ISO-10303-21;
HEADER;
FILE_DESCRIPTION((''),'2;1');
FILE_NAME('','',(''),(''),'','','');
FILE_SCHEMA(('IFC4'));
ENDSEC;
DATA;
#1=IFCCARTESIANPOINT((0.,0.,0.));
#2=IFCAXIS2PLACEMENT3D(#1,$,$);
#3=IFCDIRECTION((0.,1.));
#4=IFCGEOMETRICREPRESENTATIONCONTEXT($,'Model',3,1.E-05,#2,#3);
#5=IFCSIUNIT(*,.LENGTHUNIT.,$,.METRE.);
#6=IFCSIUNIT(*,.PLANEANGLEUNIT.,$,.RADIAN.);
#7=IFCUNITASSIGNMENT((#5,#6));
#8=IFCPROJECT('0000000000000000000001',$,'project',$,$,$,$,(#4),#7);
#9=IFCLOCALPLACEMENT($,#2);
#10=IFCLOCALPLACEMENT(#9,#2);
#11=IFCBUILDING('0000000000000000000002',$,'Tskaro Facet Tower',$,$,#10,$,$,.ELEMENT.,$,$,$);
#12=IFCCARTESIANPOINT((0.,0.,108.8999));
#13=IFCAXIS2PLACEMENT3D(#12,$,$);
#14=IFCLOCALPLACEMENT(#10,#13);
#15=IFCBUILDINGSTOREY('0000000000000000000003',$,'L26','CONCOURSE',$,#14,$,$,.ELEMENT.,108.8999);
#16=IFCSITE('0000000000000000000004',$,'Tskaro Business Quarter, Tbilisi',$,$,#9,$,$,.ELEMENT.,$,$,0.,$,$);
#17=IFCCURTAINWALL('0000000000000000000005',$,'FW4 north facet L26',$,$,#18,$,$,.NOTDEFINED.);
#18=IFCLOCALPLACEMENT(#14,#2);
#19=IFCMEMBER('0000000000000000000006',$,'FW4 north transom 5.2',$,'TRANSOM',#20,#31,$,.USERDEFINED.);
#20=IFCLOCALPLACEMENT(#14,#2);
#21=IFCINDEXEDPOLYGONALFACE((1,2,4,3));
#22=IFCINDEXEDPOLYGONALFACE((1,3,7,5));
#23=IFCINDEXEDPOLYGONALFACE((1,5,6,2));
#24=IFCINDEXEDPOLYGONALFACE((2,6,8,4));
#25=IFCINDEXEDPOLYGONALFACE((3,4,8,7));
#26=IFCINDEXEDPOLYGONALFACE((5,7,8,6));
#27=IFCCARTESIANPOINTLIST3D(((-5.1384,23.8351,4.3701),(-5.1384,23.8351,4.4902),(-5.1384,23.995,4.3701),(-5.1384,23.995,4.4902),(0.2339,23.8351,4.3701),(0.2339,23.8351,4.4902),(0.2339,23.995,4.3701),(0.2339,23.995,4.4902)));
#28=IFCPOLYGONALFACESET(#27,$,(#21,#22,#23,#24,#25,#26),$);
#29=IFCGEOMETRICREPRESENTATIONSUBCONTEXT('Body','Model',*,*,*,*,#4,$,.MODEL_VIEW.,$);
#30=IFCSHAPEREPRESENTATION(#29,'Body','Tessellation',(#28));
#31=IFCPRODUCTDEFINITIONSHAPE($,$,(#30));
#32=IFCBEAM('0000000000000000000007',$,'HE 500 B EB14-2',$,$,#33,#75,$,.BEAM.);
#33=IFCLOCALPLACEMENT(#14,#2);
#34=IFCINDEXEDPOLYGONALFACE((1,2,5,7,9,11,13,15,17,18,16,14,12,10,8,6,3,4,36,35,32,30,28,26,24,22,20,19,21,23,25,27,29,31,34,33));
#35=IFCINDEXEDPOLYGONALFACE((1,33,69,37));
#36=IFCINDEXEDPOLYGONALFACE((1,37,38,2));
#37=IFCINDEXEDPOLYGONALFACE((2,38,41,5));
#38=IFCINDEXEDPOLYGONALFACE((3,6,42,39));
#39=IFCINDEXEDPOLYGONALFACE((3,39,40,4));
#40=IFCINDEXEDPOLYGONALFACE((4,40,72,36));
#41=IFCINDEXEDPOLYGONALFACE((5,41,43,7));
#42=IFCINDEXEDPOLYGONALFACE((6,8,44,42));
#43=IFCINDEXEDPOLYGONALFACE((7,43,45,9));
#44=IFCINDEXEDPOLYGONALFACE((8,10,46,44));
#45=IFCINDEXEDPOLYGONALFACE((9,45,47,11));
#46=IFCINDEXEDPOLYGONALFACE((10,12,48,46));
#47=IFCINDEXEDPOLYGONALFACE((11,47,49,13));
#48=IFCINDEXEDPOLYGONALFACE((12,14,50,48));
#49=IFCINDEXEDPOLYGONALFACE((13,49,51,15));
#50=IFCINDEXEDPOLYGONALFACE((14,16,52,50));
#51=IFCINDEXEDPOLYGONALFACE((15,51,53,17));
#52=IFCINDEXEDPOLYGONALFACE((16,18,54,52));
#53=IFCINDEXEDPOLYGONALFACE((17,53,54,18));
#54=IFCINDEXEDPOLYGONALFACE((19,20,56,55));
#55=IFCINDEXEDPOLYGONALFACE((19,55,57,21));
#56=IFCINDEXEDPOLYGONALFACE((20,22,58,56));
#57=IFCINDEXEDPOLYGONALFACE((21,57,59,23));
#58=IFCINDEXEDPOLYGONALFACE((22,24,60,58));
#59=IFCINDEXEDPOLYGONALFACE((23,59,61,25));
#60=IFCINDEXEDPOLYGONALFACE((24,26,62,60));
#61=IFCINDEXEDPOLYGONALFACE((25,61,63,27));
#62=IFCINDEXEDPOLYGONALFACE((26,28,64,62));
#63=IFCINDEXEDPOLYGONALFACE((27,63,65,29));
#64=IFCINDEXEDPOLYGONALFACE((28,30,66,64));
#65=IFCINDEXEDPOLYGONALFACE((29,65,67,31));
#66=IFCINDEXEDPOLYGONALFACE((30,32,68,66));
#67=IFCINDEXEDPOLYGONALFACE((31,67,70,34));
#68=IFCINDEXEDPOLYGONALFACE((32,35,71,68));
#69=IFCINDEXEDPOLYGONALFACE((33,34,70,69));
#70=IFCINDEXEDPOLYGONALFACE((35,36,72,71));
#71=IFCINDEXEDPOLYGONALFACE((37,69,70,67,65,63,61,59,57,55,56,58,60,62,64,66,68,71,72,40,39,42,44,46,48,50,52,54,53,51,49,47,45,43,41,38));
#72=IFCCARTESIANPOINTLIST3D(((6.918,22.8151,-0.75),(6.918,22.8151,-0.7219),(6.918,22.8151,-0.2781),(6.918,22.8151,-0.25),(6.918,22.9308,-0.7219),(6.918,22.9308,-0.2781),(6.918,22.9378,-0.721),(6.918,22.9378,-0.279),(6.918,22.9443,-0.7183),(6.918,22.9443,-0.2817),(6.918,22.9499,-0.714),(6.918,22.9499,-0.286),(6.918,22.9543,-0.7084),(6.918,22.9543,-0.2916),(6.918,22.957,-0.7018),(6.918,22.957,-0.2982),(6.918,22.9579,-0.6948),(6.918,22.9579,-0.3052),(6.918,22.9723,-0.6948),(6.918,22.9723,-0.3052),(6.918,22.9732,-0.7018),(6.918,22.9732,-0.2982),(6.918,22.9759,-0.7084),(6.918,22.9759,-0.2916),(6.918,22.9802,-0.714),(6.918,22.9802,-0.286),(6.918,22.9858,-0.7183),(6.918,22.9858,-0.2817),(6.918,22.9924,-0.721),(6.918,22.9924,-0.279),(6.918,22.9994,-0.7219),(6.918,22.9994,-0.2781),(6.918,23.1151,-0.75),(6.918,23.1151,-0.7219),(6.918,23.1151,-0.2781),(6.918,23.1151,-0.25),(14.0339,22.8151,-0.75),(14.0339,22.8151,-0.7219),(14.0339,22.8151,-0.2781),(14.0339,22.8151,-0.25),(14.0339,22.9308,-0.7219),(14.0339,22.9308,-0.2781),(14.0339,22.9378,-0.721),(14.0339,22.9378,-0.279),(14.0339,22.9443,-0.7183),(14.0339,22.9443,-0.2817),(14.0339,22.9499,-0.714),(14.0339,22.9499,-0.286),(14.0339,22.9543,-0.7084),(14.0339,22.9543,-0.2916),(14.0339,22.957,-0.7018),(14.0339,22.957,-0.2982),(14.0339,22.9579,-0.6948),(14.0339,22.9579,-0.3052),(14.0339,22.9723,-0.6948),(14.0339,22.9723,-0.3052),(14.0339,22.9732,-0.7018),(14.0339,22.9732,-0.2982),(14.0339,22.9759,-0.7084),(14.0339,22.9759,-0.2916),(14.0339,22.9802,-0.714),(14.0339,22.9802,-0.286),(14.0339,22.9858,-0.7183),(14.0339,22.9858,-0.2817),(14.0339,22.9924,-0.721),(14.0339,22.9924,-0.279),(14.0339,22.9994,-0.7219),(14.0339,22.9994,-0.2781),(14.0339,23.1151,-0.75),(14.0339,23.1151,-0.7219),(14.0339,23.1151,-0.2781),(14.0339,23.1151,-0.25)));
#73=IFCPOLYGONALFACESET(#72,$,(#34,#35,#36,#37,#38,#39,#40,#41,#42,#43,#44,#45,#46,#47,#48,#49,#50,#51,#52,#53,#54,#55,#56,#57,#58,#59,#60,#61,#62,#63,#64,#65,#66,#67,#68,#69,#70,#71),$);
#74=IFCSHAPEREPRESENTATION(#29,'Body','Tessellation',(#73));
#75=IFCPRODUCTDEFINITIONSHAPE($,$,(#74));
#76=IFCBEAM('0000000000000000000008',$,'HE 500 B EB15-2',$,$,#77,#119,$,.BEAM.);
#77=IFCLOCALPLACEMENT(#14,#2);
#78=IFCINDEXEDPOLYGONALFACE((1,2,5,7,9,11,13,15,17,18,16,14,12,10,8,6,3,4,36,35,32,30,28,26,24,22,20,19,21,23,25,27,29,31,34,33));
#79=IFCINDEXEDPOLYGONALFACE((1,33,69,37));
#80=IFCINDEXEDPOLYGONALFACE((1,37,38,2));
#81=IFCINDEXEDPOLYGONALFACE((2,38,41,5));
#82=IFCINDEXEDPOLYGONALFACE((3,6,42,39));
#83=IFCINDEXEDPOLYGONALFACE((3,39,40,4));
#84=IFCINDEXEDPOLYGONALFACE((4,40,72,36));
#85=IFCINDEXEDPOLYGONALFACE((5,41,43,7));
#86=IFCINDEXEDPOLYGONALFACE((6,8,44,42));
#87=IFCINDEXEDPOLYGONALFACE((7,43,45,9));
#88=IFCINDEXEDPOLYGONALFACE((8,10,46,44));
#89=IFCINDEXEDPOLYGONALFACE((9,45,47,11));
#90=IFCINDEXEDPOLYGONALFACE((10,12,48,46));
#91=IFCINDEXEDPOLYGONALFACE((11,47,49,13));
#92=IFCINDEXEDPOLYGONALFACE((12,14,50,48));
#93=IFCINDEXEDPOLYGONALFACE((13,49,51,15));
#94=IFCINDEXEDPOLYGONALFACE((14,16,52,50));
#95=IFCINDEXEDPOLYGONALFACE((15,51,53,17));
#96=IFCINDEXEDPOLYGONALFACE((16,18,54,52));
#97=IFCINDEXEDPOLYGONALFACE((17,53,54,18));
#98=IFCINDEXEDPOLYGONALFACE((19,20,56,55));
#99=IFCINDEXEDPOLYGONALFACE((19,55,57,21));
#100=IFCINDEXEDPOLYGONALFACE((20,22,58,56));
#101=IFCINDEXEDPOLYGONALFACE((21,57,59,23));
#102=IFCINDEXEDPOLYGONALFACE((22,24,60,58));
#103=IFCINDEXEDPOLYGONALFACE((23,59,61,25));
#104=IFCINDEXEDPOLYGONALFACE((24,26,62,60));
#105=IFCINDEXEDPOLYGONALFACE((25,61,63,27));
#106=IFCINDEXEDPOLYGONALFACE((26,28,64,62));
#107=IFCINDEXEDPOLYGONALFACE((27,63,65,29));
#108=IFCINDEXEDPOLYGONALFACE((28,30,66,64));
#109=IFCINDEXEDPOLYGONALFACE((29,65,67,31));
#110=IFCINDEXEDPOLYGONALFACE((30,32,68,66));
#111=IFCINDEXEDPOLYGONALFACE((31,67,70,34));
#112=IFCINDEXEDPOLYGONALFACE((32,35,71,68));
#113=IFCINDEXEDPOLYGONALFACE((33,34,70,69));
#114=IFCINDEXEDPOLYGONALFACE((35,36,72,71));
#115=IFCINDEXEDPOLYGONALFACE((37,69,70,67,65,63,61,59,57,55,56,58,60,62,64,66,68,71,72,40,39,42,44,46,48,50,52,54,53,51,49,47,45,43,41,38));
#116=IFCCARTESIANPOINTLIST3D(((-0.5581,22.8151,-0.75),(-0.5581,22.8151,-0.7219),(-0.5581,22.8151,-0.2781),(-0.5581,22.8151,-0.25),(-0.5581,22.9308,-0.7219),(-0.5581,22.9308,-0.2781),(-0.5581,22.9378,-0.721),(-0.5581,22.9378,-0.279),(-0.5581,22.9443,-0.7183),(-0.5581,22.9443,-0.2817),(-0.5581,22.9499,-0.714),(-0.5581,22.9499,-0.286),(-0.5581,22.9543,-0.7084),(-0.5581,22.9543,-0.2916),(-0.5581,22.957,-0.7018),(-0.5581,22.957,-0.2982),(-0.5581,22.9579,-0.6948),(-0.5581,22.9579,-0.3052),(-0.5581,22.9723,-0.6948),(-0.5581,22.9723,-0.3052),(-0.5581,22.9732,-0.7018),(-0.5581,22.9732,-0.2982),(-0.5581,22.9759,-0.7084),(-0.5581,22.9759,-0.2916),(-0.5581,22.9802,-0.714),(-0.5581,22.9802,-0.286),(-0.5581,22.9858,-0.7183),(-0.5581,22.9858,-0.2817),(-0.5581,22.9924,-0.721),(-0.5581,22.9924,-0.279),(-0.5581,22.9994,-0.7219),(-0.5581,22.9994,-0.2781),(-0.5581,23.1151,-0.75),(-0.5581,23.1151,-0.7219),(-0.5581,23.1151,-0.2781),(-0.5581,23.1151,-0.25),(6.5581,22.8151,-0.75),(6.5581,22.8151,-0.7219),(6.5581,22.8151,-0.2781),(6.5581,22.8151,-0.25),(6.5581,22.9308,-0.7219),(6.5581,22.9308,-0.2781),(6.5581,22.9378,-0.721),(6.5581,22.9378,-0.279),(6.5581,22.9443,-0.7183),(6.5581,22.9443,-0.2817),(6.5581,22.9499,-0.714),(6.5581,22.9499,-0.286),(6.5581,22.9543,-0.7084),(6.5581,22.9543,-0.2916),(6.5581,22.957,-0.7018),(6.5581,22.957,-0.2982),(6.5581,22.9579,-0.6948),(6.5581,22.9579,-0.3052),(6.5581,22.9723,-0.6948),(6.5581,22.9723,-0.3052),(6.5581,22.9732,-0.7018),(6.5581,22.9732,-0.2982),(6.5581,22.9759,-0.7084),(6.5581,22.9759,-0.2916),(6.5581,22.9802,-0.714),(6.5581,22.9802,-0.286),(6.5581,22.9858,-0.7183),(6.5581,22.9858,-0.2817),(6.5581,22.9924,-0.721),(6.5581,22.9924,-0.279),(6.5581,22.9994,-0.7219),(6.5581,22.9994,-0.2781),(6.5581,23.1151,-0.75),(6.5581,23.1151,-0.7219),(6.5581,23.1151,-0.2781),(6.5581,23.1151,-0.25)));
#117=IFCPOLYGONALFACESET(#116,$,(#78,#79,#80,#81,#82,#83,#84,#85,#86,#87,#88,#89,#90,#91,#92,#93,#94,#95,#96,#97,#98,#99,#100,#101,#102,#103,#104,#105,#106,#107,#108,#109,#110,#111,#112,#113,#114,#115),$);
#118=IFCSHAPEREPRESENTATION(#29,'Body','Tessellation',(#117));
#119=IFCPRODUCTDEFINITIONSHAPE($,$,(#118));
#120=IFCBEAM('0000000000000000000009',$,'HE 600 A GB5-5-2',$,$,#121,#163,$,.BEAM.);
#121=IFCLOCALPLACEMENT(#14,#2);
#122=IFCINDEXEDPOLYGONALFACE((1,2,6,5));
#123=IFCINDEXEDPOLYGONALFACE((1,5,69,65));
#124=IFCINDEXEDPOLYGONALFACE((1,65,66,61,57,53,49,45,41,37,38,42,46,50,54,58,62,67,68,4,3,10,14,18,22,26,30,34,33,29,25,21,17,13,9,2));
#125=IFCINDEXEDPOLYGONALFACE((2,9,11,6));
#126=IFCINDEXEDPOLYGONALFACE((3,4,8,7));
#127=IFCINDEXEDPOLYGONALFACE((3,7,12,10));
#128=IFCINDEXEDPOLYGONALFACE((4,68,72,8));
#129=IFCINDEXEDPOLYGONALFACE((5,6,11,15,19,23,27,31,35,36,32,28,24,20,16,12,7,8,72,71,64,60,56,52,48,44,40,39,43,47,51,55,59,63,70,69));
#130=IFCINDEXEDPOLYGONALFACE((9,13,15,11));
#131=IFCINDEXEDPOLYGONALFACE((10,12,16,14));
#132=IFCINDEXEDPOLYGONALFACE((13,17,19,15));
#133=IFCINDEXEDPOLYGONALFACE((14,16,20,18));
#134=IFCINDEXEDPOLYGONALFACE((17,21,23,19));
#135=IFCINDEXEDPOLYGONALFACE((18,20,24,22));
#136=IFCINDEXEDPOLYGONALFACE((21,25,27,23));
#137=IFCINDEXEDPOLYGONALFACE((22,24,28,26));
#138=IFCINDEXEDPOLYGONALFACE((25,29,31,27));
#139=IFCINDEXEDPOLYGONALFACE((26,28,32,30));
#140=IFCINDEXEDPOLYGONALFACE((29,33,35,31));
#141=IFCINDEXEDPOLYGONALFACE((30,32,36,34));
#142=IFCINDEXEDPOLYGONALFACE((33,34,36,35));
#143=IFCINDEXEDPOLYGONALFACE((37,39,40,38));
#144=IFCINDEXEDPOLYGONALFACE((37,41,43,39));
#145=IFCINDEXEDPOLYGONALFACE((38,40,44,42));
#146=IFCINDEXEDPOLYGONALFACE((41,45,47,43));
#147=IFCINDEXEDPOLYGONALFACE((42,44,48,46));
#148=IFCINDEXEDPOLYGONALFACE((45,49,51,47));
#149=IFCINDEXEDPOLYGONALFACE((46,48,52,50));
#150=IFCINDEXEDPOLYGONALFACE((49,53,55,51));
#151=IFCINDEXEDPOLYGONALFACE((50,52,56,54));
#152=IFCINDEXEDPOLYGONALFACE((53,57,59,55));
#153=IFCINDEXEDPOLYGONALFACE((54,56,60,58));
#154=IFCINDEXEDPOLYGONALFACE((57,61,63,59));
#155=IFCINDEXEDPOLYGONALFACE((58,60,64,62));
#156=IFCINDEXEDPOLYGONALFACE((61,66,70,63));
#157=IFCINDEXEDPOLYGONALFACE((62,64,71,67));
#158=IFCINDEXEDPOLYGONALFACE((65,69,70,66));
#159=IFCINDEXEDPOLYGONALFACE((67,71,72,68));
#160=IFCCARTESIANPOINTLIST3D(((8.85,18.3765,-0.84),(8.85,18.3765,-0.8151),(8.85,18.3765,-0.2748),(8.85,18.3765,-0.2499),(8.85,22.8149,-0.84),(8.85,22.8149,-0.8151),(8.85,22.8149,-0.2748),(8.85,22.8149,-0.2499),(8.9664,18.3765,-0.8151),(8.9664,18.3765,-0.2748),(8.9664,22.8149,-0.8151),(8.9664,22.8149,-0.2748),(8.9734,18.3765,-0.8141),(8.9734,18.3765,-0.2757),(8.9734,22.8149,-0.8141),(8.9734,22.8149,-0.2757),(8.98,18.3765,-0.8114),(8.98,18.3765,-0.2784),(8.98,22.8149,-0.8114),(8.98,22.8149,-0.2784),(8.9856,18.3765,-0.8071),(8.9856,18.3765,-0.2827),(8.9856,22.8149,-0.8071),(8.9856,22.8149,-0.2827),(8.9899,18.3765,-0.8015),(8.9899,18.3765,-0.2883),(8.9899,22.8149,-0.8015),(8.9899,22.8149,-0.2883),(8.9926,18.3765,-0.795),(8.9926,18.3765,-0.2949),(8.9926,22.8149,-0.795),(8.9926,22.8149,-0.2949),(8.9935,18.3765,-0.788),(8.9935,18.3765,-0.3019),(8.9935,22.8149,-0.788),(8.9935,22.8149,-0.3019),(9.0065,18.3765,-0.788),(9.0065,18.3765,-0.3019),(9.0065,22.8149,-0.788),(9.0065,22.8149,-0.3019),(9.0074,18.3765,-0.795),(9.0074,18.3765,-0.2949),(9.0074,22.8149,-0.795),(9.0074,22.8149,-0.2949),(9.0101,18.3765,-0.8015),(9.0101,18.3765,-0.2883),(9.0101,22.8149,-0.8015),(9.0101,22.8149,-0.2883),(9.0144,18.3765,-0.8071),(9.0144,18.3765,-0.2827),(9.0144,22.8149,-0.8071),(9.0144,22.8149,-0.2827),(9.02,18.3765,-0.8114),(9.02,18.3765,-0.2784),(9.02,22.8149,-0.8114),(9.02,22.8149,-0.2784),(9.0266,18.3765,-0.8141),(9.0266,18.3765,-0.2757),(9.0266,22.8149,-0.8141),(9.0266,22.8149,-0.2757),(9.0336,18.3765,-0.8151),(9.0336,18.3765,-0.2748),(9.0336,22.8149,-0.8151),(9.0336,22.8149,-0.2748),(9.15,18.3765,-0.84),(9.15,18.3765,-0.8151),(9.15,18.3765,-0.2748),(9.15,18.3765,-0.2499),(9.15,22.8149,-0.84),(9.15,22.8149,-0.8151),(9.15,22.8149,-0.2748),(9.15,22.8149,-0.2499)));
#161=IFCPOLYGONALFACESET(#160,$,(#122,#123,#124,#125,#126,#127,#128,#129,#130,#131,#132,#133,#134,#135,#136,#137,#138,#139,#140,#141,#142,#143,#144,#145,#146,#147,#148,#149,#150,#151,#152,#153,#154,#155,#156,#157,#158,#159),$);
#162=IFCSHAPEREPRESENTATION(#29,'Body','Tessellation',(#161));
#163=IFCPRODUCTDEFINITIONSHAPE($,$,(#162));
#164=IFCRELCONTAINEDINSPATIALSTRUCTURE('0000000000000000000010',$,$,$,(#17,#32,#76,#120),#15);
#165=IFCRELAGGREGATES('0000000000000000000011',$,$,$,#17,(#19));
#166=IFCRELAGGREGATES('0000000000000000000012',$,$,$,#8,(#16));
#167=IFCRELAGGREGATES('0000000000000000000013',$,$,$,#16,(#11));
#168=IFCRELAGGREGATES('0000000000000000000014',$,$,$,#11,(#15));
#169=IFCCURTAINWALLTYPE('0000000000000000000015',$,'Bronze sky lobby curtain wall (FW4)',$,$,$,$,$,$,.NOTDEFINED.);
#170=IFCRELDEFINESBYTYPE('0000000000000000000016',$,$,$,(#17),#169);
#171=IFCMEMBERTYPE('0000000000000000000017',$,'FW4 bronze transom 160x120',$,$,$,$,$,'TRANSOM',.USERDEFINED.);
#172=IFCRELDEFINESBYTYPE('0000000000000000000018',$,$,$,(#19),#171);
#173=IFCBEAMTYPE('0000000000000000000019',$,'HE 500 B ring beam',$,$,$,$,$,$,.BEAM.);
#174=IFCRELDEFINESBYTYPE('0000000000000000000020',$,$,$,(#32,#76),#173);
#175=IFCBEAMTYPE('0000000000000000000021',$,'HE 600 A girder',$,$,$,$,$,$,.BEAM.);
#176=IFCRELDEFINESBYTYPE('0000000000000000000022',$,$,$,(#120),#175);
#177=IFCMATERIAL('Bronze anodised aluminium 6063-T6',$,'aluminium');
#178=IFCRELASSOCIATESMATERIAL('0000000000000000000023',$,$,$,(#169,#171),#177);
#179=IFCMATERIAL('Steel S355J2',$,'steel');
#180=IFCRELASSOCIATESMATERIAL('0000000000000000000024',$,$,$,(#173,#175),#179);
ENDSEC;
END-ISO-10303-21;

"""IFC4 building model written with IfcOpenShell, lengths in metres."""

from ifc_helpers import new_model, si_unit, direction, frame, origin, origin_2d, place, context, subcontext, project, spatial, rectangle, i_section, extrude, material, material_profile, profile_set, type_object, element, aggregate, save


model = new_model("IFC4")

# Units and contexts
model_context = context("Model", 3, precision=1e-05, world=origin(), true_north=direction((0.0, 1.0)))
body_context = subcontext(model_context, "Body", "Model", "MODEL_VIEW")
ifc_project = project(units=[si_unit("LENGTHUNIT", "METRE"), si_unit("PLANEANGLEUNIT", "RADIAN")], contexts=[model_context])

# Site, building, storey
site_placement = place(None, origin())
site = spatial("IfcSite", under=ifc_project, at=site_placement, Name="Tskaro Business Quarter, Tbilisi", CompositionType="ELEMENT", RefElevation=0.0)
building_placement = place(site_placement, origin())
building = spatial("IfcBuilding", under=site, at=building_placement, Name="Tskaro Facet Tower", CompositionType="ELEMENT")
storey_placement = place(building_placement, frame((0.0, 0.0, 108.8999)))
storey = spatial("IfcBuildingStorey", under=building, at=storey_placement, Name="L26", Description="CONCOURSE", CompositionType="ELEMENT", Elevation=108.8999)

# Curtain wall, member
ifc_material_1 = material(Name="Bronze anodised aluminium 6063-T6", Category="aluminium")
curtain_wall_type = type_object("IfcCurtainWallType", Name="Bronze sky lobby curtain wall (FW4)", PredefinedType="NOTDEFINED", material=ifc_material_1)
curtain_wall_placement = place(storey_placement, origin())
curtain_wall = element("IfcCurtainWall", 1, at=curtain_wall_placement, inside=storey, type_object=curtain_wall_type, Name="FW4 north facet L26", PredefinedType="NOTDEFINED")
ifc_material_profile_1 = material_profile(ifc_material_1, rectangle(XDim=0.1599, YDim=0.1201, at=origin_2d()), Name="Transom 160x120")
ifc_profile_set_1 = profile_set([ifc_material_profile_1], Name="Bronze anodised aluminium 6063-T6")
member_type_1 = type_object("IfcMemberType", Name="FW4 bronze transom 160x120", ElementType="TRANSOM", PredefinedType="USERDEFINED", material=ifc_profile_set_1)
member_1_placement = place(storey_placement, frame((0.2339, 23.915, 4.4302), z_axis=(-1.0, 0.0, 0.0), x_axis=(0.0, -1.0, 0.0)))
member_1 = element("IfcMember", 2, at=member_1_placement, type_object=member_type_1, Name="FW4 north transom 5.2", ObjectType="TRANSOM", PredefinedType="USERDEFINED", context=body_context, shape_type="SweptSolid", body=[
    extrude(rectangle(XDim=0.1599, YDim=0.1201, at=origin_2d()), origin(), (0.0, 0.0, 1.0), 5.3723),
])

# Beams
ifc_material_2 = material(Name="Steel S355J2", Category="steel")
ifc_material_profile_2 = material_profile(ifc_material_2, i_section(OverallWidth=0.3, OverallDepth=0.5, WebThickness=0.0144, FlangeThickness=0.0281, FilletRadius=0.0271, at=origin_2d()), Name="HE 500 B")
ifc_profile_set_2 = profile_set([ifc_material_profile_2], Name="Steel S355J2")
beam_type_1 = type_object("IfcBeamType", Name="HE 500 B ring beam", PredefinedType="BEAM", material=ifc_profile_set_2)
beam_1_placement = place(storey_placement, frame((14.0339, 22.9651, -0.5), z_axis=(-1.0, 0.0, 0.0), x_axis=(0.0, -1.0, 0.0)))
element("IfcBeam", 3, at=beam_1_placement, inside=storey, type_object=beam_type_1, Name="HE 500 B EB14-2", PredefinedType="BEAM", context=body_context, shape_type="SweptSolid", body=[
    extrude(i_section(OverallWidth=0.3, OverallDepth=0.5, WebThickness=0.0144, FlangeThickness=0.0281, FilletRadius=0.0271, at=origin_2d()), origin(), (0.0, 0.0, 1.0), 7.116),
])
beam_2_placement = place(storey_placement, frame((6.5581, 22.9651, -0.5), z_axis=(-1.0, 0.0, 0.0), x_axis=(0.0, -1.0, 0.0)))
element("IfcBeam", 4, at=beam_2_placement, inside=storey, type_object=beam_type_1, Name="HE 500 B EB15-2", PredefinedType="BEAM", context=body_context, shape_type="SweptSolid", body=[
    extrude(i_section(OverallWidth=0.3, OverallDepth=0.5, WebThickness=0.0144, FlangeThickness=0.0281, FilletRadius=0.0271, at=origin_2d()), origin(), (0.0, 0.0, 1.0), 7.1162),
])
ifc_material_profile_3 = material_profile(ifc_material_2, i_section(OverallWidth=0.3, OverallDepth=0.5901, WebThickness=0.0129, FlangeThickness=0.0249, FilletRadius=0.0271, at=origin_2d()), Name="HE 600 A")
ifc_profile_set_3 = profile_set([ifc_material_profile_3], Name="Steel S355J2")
beam_type_2 = type_object("IfcBeamType", Name="HE 600 A girder", PredefinedType="BEAM", material=ifc_profile_set_3)
beam_3_placement = place(storey_placement, frame((9.0, 18.3765, -0.5449), z_axis=(0.0, 1.0, 0.0), x_axis=(-1.0, 0.0, 0.0)))
element("IfcBeam", 5, at=beam_3_placement, inside=storey, type_object=beam_type_2, Name="HE 600 A GB5-5-2", PredefinedType="BEAM", context=body_context, shape_type="SweptSolid", body=[
    extrude(i_section(OverallWidth=0.3, OverallDepth=0.5901, WebThickness=0.0129, FlangeThickness=0.0249, FilletRadius=0.0271, at=origin_2d()), origin(), (0.0, 0.0, 1.0), 4.4385),
])

aggregate(curtain_wall, [member_1])

save(model, "model.ifc")
